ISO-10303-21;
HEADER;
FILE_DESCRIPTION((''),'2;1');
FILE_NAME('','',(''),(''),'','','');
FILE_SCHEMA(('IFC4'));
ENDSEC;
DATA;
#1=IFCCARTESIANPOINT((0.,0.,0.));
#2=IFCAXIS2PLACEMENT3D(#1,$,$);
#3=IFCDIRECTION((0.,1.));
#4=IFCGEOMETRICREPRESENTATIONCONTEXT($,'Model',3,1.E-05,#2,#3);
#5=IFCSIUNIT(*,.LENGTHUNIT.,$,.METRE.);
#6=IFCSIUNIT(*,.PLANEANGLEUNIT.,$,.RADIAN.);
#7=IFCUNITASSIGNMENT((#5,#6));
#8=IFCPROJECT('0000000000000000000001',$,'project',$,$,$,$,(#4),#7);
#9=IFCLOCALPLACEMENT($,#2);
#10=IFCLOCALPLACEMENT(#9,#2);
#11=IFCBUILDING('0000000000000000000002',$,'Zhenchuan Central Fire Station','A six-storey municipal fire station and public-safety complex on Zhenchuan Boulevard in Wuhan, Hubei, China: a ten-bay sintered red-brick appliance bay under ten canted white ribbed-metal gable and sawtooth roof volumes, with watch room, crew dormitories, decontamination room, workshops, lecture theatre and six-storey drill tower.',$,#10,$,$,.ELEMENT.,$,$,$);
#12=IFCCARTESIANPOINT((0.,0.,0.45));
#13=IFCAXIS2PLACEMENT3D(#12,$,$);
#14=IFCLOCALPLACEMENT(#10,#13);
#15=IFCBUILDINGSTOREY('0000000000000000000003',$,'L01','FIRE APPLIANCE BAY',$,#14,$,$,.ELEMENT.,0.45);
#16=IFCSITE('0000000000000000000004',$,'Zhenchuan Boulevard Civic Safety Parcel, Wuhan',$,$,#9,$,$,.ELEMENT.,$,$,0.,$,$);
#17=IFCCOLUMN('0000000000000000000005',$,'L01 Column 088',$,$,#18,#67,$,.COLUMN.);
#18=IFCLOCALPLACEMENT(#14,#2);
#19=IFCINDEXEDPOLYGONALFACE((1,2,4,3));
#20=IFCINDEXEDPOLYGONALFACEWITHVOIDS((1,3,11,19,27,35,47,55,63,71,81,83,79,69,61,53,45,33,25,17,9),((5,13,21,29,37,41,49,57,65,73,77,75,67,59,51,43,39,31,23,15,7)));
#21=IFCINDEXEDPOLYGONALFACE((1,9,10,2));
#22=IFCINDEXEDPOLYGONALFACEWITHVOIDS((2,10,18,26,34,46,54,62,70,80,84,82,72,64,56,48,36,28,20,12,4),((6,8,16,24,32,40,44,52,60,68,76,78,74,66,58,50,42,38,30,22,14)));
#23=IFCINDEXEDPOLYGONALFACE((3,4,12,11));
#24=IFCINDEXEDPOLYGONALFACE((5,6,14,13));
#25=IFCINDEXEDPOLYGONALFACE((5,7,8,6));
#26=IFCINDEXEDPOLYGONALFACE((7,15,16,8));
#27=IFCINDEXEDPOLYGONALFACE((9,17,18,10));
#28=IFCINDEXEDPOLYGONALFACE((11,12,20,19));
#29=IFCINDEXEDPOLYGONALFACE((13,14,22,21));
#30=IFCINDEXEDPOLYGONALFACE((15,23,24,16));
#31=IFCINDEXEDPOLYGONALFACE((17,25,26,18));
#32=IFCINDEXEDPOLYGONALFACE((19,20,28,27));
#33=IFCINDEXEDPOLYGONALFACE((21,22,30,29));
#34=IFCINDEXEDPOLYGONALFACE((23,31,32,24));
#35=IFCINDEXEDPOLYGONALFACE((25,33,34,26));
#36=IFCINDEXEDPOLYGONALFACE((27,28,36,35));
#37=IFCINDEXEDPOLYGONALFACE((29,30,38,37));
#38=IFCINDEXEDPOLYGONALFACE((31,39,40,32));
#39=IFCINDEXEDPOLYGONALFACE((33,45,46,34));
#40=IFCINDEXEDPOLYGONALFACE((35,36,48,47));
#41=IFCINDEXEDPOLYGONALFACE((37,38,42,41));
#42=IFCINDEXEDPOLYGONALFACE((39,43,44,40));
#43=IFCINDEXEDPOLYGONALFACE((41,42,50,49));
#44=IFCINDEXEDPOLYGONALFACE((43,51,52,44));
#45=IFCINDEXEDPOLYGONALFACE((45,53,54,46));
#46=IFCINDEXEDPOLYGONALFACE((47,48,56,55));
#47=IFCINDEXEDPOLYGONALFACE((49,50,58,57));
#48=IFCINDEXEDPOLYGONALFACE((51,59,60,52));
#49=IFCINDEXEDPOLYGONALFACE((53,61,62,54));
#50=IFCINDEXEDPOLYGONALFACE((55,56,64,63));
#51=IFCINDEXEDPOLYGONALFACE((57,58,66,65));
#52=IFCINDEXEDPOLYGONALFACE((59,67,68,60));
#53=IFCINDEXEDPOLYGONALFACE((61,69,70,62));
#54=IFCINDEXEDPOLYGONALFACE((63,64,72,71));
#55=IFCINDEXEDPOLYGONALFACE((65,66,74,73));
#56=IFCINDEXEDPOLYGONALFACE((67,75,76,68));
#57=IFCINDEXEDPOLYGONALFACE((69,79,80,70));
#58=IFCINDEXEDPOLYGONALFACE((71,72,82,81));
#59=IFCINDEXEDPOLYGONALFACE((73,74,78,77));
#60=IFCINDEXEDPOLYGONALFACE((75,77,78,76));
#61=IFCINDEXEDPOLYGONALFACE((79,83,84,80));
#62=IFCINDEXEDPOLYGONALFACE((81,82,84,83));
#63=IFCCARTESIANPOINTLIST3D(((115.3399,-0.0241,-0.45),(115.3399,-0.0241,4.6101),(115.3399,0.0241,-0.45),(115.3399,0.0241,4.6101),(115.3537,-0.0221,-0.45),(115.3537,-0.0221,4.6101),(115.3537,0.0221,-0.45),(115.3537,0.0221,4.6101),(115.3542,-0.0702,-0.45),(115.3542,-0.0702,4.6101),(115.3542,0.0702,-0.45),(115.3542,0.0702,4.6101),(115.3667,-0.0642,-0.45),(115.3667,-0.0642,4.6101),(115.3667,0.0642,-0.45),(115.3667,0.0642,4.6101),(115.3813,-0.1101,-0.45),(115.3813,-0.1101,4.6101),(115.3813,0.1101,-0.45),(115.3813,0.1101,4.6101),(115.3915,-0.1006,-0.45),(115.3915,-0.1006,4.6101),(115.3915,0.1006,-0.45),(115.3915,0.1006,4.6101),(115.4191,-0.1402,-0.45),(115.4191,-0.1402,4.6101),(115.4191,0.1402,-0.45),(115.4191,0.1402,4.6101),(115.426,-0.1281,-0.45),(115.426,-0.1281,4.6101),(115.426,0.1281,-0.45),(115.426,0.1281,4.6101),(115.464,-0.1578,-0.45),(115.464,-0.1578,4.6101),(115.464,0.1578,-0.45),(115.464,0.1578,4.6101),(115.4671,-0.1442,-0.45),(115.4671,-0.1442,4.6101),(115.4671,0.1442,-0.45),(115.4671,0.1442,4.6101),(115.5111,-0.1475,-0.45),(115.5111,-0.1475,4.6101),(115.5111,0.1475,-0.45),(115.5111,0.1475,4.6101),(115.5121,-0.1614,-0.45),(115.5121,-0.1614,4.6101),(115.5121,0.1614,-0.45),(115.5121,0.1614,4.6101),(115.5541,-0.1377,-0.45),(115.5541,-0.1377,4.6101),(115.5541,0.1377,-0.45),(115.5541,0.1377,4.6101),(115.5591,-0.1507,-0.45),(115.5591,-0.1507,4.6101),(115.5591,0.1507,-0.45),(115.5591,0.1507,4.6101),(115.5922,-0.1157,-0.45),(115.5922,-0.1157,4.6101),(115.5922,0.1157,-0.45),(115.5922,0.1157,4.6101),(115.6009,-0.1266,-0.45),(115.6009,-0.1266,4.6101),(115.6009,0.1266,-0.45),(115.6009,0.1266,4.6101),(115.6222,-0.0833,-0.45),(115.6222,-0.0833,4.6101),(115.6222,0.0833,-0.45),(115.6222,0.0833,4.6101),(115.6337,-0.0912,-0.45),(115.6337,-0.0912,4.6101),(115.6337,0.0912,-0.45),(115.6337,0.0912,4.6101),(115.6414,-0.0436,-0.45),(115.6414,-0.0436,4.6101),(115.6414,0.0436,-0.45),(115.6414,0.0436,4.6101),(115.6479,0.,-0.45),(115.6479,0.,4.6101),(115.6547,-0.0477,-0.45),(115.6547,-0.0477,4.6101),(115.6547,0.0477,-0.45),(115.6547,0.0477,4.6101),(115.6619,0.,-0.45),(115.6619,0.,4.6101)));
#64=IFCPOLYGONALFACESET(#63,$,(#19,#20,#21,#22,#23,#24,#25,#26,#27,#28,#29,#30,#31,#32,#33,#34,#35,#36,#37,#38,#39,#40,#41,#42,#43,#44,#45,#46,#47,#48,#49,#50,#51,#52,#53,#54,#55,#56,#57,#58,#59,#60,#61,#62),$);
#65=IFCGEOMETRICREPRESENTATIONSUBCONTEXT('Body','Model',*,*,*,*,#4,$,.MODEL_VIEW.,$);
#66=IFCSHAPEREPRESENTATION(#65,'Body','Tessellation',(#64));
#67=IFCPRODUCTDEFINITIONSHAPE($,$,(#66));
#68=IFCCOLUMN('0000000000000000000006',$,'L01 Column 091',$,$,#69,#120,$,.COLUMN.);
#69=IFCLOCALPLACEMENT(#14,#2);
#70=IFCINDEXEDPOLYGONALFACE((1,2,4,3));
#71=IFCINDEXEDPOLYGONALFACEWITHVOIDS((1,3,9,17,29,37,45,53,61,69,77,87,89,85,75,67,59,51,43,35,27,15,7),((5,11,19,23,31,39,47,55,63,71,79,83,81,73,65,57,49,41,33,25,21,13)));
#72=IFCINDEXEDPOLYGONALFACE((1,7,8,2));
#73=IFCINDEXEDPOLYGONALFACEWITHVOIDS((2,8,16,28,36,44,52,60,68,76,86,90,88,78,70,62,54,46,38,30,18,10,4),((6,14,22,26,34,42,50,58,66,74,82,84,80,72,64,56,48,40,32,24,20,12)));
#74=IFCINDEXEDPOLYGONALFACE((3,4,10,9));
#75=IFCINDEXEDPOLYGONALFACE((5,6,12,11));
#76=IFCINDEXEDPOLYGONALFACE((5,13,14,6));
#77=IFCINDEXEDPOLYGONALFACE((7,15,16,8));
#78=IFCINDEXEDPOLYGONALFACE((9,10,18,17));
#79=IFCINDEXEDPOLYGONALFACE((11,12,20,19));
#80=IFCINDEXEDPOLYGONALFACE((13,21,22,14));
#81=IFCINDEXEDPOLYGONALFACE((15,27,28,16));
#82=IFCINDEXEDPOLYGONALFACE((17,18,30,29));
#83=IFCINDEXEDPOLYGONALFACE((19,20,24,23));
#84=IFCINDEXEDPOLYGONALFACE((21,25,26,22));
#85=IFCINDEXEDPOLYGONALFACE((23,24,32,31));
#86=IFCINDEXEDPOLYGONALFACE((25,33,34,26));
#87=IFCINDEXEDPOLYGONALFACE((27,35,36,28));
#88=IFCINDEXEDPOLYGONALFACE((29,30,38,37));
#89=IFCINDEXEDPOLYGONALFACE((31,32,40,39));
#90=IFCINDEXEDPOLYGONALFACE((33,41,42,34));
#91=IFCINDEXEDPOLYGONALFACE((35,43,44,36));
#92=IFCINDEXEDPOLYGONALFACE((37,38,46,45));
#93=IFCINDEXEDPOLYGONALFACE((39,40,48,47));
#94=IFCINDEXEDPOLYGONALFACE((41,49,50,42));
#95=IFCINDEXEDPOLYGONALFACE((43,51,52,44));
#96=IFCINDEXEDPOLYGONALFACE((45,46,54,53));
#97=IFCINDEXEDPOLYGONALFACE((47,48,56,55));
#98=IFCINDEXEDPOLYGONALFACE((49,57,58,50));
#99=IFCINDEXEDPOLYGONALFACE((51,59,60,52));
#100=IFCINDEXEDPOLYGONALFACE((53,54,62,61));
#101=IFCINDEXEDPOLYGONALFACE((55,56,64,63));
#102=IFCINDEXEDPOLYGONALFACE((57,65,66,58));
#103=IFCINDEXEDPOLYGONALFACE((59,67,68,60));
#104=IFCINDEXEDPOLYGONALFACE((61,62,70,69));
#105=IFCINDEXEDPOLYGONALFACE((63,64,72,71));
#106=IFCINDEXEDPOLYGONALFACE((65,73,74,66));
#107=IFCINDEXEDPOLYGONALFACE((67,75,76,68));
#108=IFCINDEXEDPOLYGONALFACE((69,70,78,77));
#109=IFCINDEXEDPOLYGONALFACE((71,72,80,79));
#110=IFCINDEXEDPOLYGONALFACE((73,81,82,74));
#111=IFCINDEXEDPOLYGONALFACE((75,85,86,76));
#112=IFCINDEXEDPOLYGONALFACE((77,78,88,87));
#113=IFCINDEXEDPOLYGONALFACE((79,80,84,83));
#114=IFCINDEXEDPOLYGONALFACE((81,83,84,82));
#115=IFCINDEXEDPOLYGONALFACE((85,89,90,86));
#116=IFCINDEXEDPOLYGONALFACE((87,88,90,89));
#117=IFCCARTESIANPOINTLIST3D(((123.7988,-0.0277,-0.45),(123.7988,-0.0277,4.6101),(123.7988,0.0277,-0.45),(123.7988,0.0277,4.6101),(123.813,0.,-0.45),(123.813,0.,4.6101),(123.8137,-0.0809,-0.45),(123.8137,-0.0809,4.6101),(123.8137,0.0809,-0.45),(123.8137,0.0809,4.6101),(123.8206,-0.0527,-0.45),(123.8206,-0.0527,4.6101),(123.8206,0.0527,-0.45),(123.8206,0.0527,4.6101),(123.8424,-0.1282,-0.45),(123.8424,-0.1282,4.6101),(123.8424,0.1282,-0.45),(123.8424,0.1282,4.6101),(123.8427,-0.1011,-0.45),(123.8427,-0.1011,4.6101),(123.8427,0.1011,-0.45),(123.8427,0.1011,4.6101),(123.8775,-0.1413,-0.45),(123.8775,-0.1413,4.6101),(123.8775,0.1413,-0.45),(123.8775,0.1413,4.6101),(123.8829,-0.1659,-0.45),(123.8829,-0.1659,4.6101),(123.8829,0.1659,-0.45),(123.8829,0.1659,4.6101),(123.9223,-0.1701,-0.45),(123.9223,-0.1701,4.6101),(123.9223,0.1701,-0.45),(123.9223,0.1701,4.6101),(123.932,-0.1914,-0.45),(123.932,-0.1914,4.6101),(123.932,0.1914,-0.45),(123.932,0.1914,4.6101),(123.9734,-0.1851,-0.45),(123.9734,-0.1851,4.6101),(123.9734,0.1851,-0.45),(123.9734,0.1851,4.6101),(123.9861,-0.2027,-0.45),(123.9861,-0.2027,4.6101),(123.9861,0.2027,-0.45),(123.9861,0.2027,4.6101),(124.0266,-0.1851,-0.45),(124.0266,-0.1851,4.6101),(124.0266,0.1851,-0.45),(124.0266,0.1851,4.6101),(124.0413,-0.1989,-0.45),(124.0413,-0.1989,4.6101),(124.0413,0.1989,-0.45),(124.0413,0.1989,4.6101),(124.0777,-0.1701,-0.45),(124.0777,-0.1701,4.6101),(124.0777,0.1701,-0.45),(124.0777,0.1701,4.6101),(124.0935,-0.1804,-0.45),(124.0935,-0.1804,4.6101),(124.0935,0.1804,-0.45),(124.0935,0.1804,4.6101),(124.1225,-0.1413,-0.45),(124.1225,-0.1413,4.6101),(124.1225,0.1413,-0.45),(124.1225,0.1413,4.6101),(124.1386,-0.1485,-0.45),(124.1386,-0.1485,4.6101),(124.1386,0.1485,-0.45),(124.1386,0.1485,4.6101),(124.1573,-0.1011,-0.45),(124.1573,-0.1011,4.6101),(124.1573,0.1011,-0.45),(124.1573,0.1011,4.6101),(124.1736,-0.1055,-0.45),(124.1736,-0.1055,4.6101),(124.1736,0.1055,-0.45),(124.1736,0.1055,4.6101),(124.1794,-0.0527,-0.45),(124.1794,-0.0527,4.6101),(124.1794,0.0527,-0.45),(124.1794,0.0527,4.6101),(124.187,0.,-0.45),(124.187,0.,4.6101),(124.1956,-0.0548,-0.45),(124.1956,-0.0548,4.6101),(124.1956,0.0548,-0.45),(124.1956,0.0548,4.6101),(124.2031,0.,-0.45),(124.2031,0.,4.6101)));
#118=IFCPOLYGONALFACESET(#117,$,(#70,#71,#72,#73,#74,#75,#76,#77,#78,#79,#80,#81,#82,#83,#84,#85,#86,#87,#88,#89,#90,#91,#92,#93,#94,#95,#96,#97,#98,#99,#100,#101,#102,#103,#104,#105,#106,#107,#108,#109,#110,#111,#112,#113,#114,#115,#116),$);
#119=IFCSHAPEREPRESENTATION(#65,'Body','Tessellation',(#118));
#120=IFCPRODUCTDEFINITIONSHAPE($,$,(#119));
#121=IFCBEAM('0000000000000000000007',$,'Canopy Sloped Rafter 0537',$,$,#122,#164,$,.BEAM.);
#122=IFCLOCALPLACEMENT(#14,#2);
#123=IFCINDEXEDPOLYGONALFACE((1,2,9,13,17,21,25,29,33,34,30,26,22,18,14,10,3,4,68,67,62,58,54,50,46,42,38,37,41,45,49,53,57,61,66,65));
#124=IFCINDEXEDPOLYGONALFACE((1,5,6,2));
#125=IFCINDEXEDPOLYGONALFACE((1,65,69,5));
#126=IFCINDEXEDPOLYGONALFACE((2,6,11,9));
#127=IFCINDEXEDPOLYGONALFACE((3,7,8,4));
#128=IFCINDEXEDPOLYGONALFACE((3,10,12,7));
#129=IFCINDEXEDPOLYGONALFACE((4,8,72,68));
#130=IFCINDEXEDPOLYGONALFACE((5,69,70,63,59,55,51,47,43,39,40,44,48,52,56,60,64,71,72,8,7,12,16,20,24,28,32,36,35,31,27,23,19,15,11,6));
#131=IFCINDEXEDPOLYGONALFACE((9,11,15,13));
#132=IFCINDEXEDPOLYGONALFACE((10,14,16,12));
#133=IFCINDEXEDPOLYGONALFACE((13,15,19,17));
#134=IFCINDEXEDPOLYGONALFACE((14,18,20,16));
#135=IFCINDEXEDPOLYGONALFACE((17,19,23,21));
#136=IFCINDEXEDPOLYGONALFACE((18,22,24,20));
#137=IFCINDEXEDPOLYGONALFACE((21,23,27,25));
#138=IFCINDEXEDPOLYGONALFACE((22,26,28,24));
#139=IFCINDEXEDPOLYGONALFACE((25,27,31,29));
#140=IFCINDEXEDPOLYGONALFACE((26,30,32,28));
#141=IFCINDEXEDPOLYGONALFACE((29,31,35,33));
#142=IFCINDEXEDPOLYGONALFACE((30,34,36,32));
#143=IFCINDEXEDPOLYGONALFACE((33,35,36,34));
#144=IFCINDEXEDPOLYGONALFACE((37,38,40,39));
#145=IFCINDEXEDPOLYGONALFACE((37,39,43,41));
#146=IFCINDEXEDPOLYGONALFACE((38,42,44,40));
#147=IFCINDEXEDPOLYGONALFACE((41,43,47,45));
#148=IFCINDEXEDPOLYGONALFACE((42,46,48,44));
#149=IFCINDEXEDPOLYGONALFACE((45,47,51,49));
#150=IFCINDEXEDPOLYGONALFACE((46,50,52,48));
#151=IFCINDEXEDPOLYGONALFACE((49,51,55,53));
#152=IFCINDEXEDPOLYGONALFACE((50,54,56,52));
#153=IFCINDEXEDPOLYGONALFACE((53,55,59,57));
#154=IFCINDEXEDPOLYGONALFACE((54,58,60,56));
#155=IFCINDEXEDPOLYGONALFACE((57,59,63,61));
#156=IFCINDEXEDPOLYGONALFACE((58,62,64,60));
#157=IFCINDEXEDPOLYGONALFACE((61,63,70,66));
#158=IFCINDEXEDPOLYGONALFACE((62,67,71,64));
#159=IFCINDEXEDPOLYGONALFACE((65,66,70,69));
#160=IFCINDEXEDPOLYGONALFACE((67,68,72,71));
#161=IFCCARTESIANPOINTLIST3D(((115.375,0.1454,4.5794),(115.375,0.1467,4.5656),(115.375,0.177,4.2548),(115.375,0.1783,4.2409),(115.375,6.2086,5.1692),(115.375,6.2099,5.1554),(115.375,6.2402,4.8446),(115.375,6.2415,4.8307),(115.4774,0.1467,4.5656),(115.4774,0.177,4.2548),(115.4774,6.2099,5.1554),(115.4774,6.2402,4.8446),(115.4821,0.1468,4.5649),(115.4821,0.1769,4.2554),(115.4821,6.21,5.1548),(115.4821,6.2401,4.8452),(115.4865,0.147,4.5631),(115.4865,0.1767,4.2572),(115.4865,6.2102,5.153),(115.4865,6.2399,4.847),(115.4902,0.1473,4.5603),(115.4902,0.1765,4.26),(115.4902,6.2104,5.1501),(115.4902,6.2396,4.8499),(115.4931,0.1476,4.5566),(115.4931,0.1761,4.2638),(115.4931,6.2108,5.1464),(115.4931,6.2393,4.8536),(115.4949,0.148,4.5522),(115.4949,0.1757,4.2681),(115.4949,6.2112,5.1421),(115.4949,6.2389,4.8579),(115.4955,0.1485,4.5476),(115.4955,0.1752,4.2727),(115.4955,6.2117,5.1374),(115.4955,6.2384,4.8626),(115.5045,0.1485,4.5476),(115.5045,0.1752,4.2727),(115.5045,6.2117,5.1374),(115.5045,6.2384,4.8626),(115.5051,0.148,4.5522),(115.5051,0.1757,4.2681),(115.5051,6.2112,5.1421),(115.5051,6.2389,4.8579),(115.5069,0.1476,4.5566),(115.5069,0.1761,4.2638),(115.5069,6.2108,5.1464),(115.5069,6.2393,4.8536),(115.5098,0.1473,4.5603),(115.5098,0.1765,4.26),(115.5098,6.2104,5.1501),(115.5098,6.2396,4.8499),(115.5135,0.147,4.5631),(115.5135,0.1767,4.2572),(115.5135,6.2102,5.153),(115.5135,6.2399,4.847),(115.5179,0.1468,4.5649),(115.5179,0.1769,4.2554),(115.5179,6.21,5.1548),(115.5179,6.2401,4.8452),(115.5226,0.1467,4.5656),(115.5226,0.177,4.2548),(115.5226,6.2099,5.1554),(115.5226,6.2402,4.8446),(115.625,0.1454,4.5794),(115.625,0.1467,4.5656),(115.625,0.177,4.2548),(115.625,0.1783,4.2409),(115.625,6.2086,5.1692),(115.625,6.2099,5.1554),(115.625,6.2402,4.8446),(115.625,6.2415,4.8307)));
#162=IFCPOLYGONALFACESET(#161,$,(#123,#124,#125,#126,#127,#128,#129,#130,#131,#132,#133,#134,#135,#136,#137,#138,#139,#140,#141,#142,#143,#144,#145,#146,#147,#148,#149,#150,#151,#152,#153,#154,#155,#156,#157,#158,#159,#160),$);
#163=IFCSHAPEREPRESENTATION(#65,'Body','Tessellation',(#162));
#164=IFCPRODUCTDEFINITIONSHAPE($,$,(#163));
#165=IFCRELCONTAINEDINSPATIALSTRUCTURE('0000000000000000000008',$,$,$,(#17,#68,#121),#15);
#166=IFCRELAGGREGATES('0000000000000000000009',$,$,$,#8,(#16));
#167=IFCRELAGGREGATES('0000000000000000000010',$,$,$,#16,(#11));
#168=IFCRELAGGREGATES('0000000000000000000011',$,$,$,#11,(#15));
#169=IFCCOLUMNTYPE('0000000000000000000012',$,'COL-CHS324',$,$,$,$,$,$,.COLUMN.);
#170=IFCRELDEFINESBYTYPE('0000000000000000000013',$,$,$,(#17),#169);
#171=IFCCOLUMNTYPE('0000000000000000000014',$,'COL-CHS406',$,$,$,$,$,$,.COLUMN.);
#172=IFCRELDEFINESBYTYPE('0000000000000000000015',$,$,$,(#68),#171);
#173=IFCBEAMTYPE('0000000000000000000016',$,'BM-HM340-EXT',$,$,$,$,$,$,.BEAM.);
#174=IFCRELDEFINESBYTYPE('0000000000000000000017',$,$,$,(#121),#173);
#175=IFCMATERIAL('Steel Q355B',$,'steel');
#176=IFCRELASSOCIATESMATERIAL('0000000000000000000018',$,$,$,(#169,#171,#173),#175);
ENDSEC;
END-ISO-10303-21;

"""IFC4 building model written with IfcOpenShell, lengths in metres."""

from ifc_helpers import new_model, si_unit, direction, frame, origin, origin_2d, place, context, subcontext, project, spatial, hollow_circle, i_section, extrude, material, material_profile, profile_set, type_object, element, save


model = new_model("IFC4")

# Units and contexts
model_context = context("Model", 3, precision=1e-05, world=origin(), true_north=direction((0.0, 1.0)))
body_context = subcontext(model_context, "Body", "Model", "MODEL_VIEW")
ifc_project = project(units=[si_unit("LENGTHUNIT", "METRE"), si_unit("PLANEANGLEUNIT", "RADIAN")], contexts=[model_context])

# Site, building, storey
site_placement = place(None, origin())
site = spatial("IfcSite", under=ifc_project, at=site_placement, Name="Zhenchuan Boulevard Civic Safety Parcel, Wuhan", CompositionType="ELEMENT", RefElevation=0.0)
building_placement = place(site_placement, origin())
building = spatial("IfcBuilding", under=site, at=building_placement, Name="Zhenchuan Central Fire Station", Description="A six-storey municipal fire station and public-safety complex on Zhenchuan Boulevard in Wuhan, Hubei, China: a ten-bay sintered red-brick appliance bay under ten canted white ribbed-metal gable and sawtooth roof volumes, with watch room, crew dormitories, decontamination room, workshops, lecture theatre and six-storey drill tower.", CompositionType="ELEMENT")
storey_placement = place(building_placement, frame((0.0, 0.0, 0.45)))
storey = spatial("IfcBuildingStorey", under=building, at=storey_placement, Name="L01", Description="FIRE APPLIANCE BAY", CompositionType="ELEMENT", Elevation=0.45)

# Columns
ifc_material_1 = material(Name="Steel Q355B", Category="steel")
ifc_material_profile_1 = material_profile(ifc_material_1, hollow_circle(Radius=0.1619, WallThickness=0.0139, at=origin_2d()), Name="CHS 323.9x14")
ifc_profile_set_1 = profile_set([ifc_material_profile_1], Name="Steel Q355B")
column_type_1 = type_object("IfcColumnType", Name="COL-CHS324", PredefinedType="COLUMN", material=ifc_profile_set_1)
column_1_placement = place(storey_placement, frame((115.5, 0.0, -0.45), z_axis=(0.0, 0.0, 1.0), x_axis=(1.0, 0.0, 0.0)))
element("IfcColumn", 1, at=column_1_placement, inside=storey, type_object=column_type_1, Name="L01 Column 088", PredefinedType="COLUMN", context=body_context, shape_type="SweptSolid", body=[
    extrude(hollow_circle(Radius=0.1619, WallThickness=0.0139, at=origin_2d()), origin(), (0.0, 0.0, 1.0), 5.0601),
])
ifc_material_profile_2 = material_profile(ifc_material_1, hollow_circle(Radius=0.2031, WallThickness=0.0161, at=origin_2d()), Name="CHS 406.4x16")
ifc_profile_set_2 = profile_set([ifc_material_profile_2], Name="Steel Q355B")
column_type_2 = type_object("IfcColumnType", Name="COL-CHS406", PredefinedType="COLUMN", material=ifc_profile_set_2)
column_2_placement = place(storey_placement, frame((124.0, 0.0, -0.45), z_axis=(0.0, 0.0, 1.0), x_axis=(1.0, 0.0, 0.0)))
element("IfcColumn", 2, at=column_2_placement, inside=storey, type_object=column_type_2, Name="L01 Column 091", PredefinedType="COLUMN", context=body_context, shape_type="SweptSolid", body=[
    extrude(hollow_circle(Radius=0.2031, WallThickness=0.0161, at=origin_2d()), origin(), (0.0, 0.0, 1.0), 5.0601),
])

# Beam
ifc_material_profile_3 = material_profile(ifc_material_1, i_section(OverallWidth=0.25, OverallDepth=0.3401, WebThickness=0.009, FlangeThickness=0.0139, FilletRadius=0.0181, at=origin_2d()), Name="HM 340x250")
ifc_profile_set_3 = profile_set([ifc_material_profile_3], Name="Steel Q355B")
beam_type_1 = type_object("IfcBeamType", Name="BM-HM340-EXT", PredefinedType="BEAM", material=ifc_profile_set_3)
beam_1_placement = place(storey_placement, frame((115.5, 0.1619, 4.4102), z_axis=(0.0, 0.995301, 0.096825), x_axis=(-1.0, 0.0, 0.0)))
element("IfcBeam", 3, at=beam_1_placement, inside=storey, type_object=beam_type_1, Name="Canopy Sloped Rafter 0537", PredefinedType="BEAM", context=body_context, shape_type="SweptSolid", body=[
    extrude(i_section(OverallWidth=0.25, OverallDepth=0.3401, WebThickness=0.009, FlangeThickness=0.0139, FilletRadius=0.0181, at=origin_2d()), origin(), (0.0, 0.0, 1.0), 6.0918),
])

save(model, "model.ifc")
